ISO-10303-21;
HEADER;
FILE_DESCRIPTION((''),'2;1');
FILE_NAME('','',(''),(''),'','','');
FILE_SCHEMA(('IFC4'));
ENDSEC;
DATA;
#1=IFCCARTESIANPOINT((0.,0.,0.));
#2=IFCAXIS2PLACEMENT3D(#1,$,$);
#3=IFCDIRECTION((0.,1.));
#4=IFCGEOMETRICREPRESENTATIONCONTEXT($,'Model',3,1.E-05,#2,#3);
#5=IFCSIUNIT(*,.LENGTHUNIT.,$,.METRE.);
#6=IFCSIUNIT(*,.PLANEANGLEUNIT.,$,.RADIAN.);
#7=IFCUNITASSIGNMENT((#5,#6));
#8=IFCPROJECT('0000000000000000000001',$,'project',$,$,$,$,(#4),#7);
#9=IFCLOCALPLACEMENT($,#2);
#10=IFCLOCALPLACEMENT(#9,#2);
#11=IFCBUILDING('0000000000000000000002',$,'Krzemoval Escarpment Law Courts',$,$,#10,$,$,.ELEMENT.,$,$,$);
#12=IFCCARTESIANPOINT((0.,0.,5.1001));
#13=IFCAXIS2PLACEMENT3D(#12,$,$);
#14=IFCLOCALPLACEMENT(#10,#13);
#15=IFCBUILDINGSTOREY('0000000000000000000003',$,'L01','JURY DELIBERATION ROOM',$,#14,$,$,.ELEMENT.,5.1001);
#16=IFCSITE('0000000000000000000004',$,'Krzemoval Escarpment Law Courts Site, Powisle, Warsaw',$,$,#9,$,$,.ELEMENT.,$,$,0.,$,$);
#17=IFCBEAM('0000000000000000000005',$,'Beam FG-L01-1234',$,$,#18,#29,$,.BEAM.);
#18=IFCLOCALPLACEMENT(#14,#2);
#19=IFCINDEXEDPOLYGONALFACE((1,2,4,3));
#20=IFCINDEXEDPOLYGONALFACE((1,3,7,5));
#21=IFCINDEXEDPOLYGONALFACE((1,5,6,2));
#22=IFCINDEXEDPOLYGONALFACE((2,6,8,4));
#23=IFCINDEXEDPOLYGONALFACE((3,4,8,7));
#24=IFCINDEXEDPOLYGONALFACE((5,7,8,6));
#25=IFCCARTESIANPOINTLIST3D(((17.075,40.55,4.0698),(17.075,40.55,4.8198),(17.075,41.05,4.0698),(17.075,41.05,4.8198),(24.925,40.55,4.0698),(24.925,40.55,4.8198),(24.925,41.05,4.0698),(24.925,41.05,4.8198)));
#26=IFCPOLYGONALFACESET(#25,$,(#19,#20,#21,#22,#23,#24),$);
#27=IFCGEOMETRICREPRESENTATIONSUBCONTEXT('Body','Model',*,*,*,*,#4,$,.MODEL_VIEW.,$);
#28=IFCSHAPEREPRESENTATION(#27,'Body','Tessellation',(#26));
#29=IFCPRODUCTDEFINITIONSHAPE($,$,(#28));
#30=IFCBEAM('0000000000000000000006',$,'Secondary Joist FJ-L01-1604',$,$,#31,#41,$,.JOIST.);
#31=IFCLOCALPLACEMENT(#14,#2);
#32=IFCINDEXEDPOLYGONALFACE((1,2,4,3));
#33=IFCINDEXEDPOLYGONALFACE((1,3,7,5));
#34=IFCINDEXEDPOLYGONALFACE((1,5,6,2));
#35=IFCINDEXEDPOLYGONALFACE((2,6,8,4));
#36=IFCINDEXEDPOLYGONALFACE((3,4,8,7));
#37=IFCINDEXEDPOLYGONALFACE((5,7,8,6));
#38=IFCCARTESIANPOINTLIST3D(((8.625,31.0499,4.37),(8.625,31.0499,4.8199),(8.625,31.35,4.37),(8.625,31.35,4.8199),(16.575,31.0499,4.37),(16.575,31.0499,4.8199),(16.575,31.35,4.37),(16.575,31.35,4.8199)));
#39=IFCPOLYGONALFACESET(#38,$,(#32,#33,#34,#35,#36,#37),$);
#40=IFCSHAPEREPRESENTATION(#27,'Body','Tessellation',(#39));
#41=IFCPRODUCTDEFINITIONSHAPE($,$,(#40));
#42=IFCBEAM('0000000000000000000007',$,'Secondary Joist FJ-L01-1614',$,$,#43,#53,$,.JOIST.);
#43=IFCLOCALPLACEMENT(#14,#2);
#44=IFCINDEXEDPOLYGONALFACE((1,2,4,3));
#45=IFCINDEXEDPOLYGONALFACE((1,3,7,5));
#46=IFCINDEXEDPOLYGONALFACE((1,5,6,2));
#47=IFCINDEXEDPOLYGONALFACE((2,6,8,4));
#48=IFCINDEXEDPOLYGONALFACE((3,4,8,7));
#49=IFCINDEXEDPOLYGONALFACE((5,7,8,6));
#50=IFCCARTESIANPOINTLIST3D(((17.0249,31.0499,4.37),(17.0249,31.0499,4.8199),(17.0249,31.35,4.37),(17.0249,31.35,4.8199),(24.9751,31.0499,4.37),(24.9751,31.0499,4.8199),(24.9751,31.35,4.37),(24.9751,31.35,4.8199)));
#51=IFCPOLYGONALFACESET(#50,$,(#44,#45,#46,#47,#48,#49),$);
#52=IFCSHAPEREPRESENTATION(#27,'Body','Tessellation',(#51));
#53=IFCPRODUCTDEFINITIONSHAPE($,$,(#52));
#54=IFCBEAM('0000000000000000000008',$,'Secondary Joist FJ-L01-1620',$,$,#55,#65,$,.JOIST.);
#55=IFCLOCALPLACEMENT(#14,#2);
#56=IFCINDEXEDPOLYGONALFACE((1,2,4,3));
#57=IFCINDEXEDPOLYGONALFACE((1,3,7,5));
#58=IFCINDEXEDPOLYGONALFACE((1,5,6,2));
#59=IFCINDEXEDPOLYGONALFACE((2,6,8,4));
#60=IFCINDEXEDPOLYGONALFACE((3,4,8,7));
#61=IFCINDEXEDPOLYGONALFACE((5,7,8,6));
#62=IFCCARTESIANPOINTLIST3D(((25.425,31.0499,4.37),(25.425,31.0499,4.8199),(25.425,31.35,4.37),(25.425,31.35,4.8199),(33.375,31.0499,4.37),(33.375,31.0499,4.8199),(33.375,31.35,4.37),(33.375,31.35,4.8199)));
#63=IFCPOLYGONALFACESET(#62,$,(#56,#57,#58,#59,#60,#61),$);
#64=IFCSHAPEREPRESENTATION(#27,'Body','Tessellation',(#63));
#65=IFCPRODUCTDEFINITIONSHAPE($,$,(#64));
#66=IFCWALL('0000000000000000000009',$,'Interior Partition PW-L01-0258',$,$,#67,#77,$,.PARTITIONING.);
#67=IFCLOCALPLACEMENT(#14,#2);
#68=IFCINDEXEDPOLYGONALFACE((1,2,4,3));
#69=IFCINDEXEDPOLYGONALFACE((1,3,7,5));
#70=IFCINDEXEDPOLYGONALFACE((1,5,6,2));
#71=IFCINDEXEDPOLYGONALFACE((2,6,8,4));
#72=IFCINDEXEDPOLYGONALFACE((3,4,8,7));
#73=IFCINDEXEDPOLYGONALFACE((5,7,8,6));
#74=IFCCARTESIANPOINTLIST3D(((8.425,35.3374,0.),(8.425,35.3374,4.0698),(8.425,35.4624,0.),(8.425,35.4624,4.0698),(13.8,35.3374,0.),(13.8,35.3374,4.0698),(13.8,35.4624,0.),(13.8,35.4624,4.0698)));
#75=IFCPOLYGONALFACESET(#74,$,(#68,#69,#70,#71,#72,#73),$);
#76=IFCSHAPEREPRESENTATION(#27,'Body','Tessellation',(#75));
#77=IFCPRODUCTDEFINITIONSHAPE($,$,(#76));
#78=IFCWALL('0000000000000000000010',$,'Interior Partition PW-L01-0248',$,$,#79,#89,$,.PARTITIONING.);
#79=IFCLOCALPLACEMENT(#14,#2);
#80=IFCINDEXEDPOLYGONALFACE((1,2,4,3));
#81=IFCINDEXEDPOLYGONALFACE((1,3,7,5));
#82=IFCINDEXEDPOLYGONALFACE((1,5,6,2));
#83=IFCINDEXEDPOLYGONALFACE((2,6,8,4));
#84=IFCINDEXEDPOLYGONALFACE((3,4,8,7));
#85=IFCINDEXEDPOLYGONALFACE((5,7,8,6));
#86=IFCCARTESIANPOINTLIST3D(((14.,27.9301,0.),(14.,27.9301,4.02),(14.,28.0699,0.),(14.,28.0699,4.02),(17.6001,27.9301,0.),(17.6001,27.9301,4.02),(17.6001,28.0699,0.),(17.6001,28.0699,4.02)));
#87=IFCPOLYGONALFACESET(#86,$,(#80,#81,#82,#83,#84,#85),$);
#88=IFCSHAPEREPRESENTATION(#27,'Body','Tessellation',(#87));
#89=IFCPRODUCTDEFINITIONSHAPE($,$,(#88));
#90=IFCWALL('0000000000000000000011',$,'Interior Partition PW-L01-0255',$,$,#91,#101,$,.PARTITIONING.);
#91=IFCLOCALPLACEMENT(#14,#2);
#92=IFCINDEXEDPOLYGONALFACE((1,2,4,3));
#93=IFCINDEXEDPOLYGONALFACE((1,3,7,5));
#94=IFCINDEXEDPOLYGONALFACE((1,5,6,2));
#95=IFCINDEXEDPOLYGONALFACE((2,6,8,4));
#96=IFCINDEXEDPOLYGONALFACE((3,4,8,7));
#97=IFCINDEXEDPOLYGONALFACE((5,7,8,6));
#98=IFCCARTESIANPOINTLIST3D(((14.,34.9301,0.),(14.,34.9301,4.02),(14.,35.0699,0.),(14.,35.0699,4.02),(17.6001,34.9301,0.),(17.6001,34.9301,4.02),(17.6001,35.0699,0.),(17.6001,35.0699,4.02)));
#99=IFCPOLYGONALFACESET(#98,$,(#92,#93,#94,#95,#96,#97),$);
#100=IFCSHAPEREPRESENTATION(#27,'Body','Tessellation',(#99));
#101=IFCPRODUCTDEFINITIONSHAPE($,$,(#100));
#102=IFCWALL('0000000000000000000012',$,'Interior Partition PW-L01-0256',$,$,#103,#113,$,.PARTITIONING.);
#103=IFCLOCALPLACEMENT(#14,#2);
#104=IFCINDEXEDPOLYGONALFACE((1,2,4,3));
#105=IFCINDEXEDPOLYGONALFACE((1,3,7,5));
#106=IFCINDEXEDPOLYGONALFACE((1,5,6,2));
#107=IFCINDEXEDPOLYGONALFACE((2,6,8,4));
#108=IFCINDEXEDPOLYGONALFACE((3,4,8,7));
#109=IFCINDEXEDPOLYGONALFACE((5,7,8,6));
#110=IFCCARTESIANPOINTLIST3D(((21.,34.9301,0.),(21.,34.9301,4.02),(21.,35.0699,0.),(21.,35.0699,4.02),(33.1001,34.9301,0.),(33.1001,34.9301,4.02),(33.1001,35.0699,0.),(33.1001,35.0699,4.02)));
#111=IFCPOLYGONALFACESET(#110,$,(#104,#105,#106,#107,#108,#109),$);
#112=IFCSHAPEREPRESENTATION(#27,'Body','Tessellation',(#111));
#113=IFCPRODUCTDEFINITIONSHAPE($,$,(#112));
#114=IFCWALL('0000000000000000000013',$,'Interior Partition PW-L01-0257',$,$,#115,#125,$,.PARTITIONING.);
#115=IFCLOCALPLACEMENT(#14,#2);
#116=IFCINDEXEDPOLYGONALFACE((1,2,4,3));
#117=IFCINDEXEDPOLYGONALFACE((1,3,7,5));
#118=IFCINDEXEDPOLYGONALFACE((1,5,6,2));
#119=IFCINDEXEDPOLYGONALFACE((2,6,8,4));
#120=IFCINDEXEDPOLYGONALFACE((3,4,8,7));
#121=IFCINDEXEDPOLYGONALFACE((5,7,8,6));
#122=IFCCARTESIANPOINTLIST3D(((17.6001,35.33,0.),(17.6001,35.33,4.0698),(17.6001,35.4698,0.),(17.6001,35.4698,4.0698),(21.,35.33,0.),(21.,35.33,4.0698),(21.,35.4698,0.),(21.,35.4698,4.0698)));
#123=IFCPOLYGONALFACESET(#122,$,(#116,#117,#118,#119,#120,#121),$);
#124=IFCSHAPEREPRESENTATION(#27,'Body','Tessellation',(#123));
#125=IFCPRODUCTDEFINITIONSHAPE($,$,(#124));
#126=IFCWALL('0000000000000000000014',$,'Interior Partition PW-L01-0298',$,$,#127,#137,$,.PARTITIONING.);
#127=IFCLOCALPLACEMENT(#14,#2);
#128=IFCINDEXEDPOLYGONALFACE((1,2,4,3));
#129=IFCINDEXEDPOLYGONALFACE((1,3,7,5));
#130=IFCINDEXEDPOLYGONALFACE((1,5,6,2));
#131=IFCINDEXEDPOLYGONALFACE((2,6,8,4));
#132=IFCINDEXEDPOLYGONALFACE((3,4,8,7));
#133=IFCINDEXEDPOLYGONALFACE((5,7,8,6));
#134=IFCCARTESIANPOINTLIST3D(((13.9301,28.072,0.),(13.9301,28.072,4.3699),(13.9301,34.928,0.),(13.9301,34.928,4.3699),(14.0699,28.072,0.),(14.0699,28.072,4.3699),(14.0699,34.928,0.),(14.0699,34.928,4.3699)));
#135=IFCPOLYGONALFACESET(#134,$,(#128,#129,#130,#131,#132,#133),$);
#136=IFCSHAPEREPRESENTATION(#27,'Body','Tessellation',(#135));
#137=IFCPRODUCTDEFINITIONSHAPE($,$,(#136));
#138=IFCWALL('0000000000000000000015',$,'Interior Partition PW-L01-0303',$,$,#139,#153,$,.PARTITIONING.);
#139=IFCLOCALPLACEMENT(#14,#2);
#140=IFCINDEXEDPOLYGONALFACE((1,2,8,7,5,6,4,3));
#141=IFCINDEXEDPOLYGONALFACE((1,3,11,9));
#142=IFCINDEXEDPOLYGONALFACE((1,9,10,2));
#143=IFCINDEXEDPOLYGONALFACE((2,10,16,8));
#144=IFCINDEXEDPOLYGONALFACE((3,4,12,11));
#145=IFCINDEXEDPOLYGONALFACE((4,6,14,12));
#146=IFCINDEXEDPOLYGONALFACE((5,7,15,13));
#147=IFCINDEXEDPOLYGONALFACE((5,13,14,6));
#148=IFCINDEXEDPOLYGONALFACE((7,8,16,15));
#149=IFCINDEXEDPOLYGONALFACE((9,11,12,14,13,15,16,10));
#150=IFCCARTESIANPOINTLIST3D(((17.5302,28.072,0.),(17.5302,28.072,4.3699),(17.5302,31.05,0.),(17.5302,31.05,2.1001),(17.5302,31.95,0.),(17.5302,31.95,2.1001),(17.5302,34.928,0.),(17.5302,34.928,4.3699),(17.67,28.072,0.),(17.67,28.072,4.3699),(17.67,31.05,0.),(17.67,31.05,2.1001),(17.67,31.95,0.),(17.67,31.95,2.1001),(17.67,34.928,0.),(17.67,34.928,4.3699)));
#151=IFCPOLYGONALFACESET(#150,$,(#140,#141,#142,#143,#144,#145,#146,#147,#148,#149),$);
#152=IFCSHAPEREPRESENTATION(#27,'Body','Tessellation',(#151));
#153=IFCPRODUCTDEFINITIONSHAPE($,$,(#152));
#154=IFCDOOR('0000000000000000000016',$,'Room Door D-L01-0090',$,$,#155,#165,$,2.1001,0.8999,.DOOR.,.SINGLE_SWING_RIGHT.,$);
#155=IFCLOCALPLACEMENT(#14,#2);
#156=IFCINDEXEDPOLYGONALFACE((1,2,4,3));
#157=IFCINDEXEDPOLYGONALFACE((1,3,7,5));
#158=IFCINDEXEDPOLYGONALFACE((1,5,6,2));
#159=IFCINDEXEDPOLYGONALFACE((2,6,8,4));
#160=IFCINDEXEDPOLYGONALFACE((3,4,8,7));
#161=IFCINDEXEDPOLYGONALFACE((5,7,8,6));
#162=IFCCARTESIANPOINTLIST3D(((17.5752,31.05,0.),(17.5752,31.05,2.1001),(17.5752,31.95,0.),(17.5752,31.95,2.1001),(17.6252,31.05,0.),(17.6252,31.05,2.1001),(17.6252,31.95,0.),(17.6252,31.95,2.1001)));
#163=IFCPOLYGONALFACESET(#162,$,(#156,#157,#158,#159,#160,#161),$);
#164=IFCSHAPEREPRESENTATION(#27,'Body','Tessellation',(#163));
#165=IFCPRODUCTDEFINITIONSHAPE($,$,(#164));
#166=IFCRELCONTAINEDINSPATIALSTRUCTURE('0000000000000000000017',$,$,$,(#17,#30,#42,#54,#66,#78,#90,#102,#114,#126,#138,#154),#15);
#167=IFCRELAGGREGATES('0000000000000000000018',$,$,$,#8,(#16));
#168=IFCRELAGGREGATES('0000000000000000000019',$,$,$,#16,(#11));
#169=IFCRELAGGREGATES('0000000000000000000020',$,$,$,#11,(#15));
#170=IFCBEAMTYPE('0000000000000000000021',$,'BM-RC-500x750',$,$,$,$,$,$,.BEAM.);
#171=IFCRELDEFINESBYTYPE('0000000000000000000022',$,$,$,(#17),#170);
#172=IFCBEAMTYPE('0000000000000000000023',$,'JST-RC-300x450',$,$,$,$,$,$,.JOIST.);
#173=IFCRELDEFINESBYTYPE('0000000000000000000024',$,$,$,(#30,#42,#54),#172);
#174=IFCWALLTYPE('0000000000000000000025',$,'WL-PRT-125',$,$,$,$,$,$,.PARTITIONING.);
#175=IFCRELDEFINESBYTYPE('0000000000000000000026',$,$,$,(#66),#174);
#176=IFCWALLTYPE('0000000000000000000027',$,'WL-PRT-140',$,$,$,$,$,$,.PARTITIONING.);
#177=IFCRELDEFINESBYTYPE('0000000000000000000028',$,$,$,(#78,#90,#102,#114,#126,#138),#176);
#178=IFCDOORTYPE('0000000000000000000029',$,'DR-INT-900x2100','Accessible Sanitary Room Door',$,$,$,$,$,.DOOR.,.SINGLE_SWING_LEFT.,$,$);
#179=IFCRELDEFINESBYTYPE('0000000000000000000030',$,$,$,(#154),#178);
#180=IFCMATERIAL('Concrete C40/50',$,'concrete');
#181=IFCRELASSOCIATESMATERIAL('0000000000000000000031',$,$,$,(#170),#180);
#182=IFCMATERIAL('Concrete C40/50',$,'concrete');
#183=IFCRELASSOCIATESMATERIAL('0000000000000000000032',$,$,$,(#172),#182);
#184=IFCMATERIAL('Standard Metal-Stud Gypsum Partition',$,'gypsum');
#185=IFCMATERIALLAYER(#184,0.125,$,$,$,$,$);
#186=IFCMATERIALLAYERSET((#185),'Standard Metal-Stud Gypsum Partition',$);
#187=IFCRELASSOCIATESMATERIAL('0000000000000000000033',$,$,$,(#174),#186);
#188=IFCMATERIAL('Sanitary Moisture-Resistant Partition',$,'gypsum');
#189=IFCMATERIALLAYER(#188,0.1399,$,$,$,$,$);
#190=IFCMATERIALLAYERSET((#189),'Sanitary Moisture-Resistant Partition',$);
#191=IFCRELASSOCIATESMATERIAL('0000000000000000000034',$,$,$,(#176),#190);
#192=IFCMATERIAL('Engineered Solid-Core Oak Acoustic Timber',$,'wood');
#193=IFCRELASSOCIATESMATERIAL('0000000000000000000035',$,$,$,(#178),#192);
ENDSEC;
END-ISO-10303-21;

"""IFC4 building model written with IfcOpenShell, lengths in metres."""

from ifc_helpers import new_model, si_unit, direction, frame, frame_2d, origin, origin_2d, place, context, subcontext, project, spatial, rectangle, extrude, material, layer, layer_set, material_profile, profile_set, type_object, element, fill, save


model = new_model("IFC4")

# Units and contexts
model_context = context("Model", 3, precision=1e-05, world=origin(), true_north=direction((0.0, 1.0)))
body_context = subcontext(model_context, "Body", "Model", "MODEL_VIEW")
ifc_project = project(units=[si_unit("LENGTHUNIT", "METRE"), si_unit("PLANEANGLEUNIT", "RADIAN")], contexts=[model_context])

# Site, building, storey
site_placement = place(None, origin())
site = spatial("IfcSite", under=ifc_project, at=site_placement, Name="Krzemoval Escarpment Law Courts Site, Powisle, Warsaw", CompositionType="ELEMENT", RefElevation=0.0)
building_placement = place(site_placement, origin())
building = spatial("IfcBuilding", under=site, at=building_placement, Name="Krzemoval Escarpment Law Courts", CompositionType="ELEMENT")
storey_placement = place(building_placement, frame((0.0, 0.0, 5.1001)))
storey = spatial("IfcBuildingStorey", under=building, at=storey_placement, Name="L01", Description="JURY DELIBERATION ROOM", CompositionType="ELEMENT", Elevation=5.1001)

# Beams
ifc_material_1 = material(Name="Concrete C40/50", Category="concrete")
ifc_material_profile_1 = material_profile(ifc_material_1, rectangle(XDim=0.5, YDim=0.75, at=origin_2d()), Name="RCB 500x750")
ifc_profile_set_1 = profile_set([ifc_material_profile_1], Name="Concrete C40/50")
beam_type_1 = type_object("IfcBeamType", Name="BM-RC-500x750", PredefinedType="BEAM", material=ifc_profile_set_1)
beam_1_placement = place(storey_placement, frame((17.075, 40.8, 4.4448), z_axis=(1.0, 0.0, 0.0), x_axis=(0.0, 1.0, 0.0)))
element("IfcBeam", 1, at=beam_1_placement, inside=storey, type_object=beam_type_1, Name="Beam FG-L01-1234", PredefinedType="BEAM", context=body_context, shape_type="SweptSolid", body=[
    extrude(rectangle(XDim=0.5, YDim=0.75, at=origin_2d()), origin(), (0.0, 0.0, 1.0), 7.8501),
])
ifc_material_2 = material(Name="Concrete C40/50", Category="concrete")
ifc_material_profile_2 = material_profile(ifc_material_2, rectangle(XDim=0.3, YDim=0.45, at=origin_2d()), Name="RCB 300x450")
ifc_profile_set_2 = profile_set([ifc_material_profile_2], Name="Concrete C40/50")
beam_type_2 = type_object("IfcBeamType", Name="JST-RC-300x450", PredefinedType="JOIST", material=ifc_profile_set_2)
beam_2_placement = place(storey_placement, frame((8.625, 31.2, 4.595), z_axis=(1.0, 0.0, 0.0), x_axis=(0.0, 1.0, 0.0)))
element("IfcBeam", 2, at=beam_2_placement, inside=storey, type_object=beam_type_2, Name="Secondary Joist FJ-L01-1604", PredefinedType="JOIST", context=body_context, shape_type="SweptSolid", body=[
    extrude(rectangle(XDim=0.3, YDim=0.45, at=origin_2d()), origin(), (0.0, 0.0, 1.0), 7.95),
])
beam_3_placement = place(storey_placement, frame((17.0249, 31.2, 4.595), z_axis=(1.0, 0.0, 0.0), x_axis=(0.0, 1.0, 0.0)))
element("IfcBeam", 3, at=beam_3_placement, inside=storey, type_object=beam_type_2, Name="Secondary Joist FJ-L01-1614", PredefinedType="JOIST", context=body_context, shape_type="SweptSolid", body=[
    extrude(rectangle(XDim=0.3, YDim=0.45, at=origin_2d()), origin(), (0.0, 0.0, 1.0), 7.9502),
])
beam_4_placement = place(storey_placement, frame((25.425, 31.2, 4.595), z_axis=(1.0, 0.0, 0.0), x_axis=(0.0, 1.0, 0.0)))
element("IfcBeam", 4, at=beam_4_placement, inside=storey, type_object=beam_type_2, Name="Secondary Joist FJ-L01-1620", PredefinedType="JOIST", context=body_context, shape_type="SweptSolid", body=[
    extrude(rectangle(XDim=0.3, YDim=0.45, at=origin_2d()), origin(), (0.0, 0.0, 1.0), 7.95),
])

# Walls
ifc_material_3 = material(Name="Standard Metal-Stud Gypsum Partition", Category="gypsum")
ifc_layer_1 = layer(ifc_material_3, 0.125)
ifc_layer_set_1 = layer_set([ifc_layer_1], Name="Standard Metal-Stud Gypsum Partition")
wall_type_1 = type_object("IfcWallType", Name="WL-PRT-125", PredefinedType="PARTITIONING", material=ifc_layer_set_1)
wall_1_placement = place(storey_placement, frame((8.425, 35.3999, 0.0), z_axis=(0.0, 0.0, 1.0), x_axis=(1.0, 0.0, 0.0)))
element("IfcWall", 5, at=wall_1_placement, inside=storey, type_object=wall_type_1, Name="Interior Partition PW-L01-0258", PredefinedType="PARTITIONING", context=body_context, shape_type="SweptSolid", body=[
    extrude(rectangle(XDim=5.375, YDim=0.125, at=frame_2d((2.6875, 0.0))), origin(), (0.0, 0.0, 1.0), 4.0698),
])
ifc_material_4 = material(Name="Sanitary Moisture-Resistant Partition", Category="gypsum")
ifc_layer_2 = layer(ifc_material_4, 0.1399)
ifc_layer_set_2 = layer_set([ifc_layer_2], Name="Sanitary Moisture-Resistant Partition")
wall_type_2 = type_object("IfcWallType", Name="WL-PRT-140", PredefinedType="PARTITIONING", material=ifc_layer_set_2)
for number, where, z_axis, x_axis, name in (
    (6, (14.0, 28.0, 0.0), (0.0, 0.0, 1.0), (1.0, 0.0, 0.0), "Interior Partition PW-L01-0248"),
    (7, (14.0, 35.0, 0.0), (0.0, 0.0, 1.0), (1.0, 0.0, 0.0), "Interior Partition PW-L01-0255"),
):
    element("IfcWall", number, at=place(storey_placement, frame(where, z_axis=z_axis, x_axis=x_axis)), inside=storey, type_object=wall_type_2, Name=name, PredefinedType="PARTITIONING", context=body_context, shape_type="SweptSolid", body=[
        extrude(rectangle(XDim=3.6001, YDim=0.1399, at=frame_2d((1.8, 0.0))), origin(), (0.0, 0.0, 1.0), 4.02),
    ])
wall_2_placement = place(storey_placement, frame((21.0, 35.0, 0.0), z_axis=(0.0, 0.0, 1.0), x_axis=(1.0, 0.0, 0.0)))
element("IfcWall", 8, at=wall_2_placement, inside=storey, type_object=wall_type_2, Name="Interior Partition PW-L01-0256", PredefinedType="PARTITIONING", context=body_context, shape_type="SweptSolid", body=[
    extrude(rectangle(XDim=12.1001, YDim=0.1399, at=frame_2d((6.05, 0.0))), origin(), (0.0, 0.0, 1.0), 4.02),
])
wall_3_placement = place(storey_placement, frame((17.6001, 35.3999, 0.0), z_axis=(0.0, 0.0, 1.0), x_axis=(1.0, 0.0, 0.0)))
element("IfcWall", 9, at=wall_3_placement, inside=storey, type_object=wall_type_2, Name="Interior Partition PW-L01-0257", PredefinedType="PARTITIONING", context=body_context, shape_type="SweptSolid", body=[
    extrude(rectangle(XDim=3.3999, YDim=0.1399, at=frame_2d((1.7, 0.0))), origin(), (0.0, 0.0, 1.0), 4.0698),
])
wall_4_placement = place(storey_placement, frame((14.0, 28.072, 0.0), z_axis=(0.0, 0.0, 1.0), x_axis=(0.0, 1.0, 0.0)))
element("IfcWall", 10, at=wall_4_placement, inside=storey, type_object=wall_type_2, Name="Interior Partition PW-L01-0298", PredefinedType="PARTITIONING", context=body_context, shape_type="SweptSolid", body=[
    extrude(rectangle(XDim=6.856, YDim=0.1399, at=frame_2d((3.428, 0.0))), origin(), (0.0, 0.0, 1.0), 4.3699),
])

# Wall, opening, door
wall_5_placement = place(storey_placement, frame((17.6001, 28.072, 0.0), z_axis=(0.0, 0.0, 1.0), x_axis=(0.0, 1.0, 0.0)))
wall_5 = element("IfcWall", 11, at=wall_5_placement, inside=storey, type_object=wall_type_2, Name="Interior Partition PW-L01-0303", PredefinedType="PARTITIONING", context=body_context, shape_type="SweptSolid", body=[
    extrude(rectangle(XDim=6.856, YDim=0.1399, at=frame_2d((3.428, 0.0))), origin(), (0.0, 0.0, 1.0), 4.3699),
])
opening_1_placement = place(wall_5_placement, frame((2.978, 0.0, 0.0)))
opening_1 = element("IfcOpeningElement", 12, at=opening_1_placement, cuts=wall_5, PredefinedType="OPENING", context=body_context, shape_type="SweptSolid", body=[
    extrude(rectangle(XDim=0.8999, YDim=2.1001, at=frame_2d((0.45, 1.05))), frame((0.0, 0.0849, 0.0), z_axis=(0.0, -1.0, 0.0), x_axis=(1.0, 0.0, 0.0)), (0.0, 0.0, 1.0), 0.1699),
])
ifc_material_5 = material(Name="Engineered Solid-Core Oak Acoustic Timber", Category="wood")
door_type_1 = type_object("IfcDoorType", Name="DR-INT-900x2100", Description="Accessible Sanitary Room Door", OperationType="SINGLE_SWING_LEFT", PredefinedType="DOOR", material=ifc_material_5)
door_1_placement = place(opening_1_placement, origin())
door_1 = element("IfcDoor", 13, at=door_1_placement, inside=storey, type_object=door_type_1, Name="Room Door D-L01-0090", OperationType="SINGLE_SWING_RIGHT", OverallHeight=2.1001, OverallWidth=0.8999, PredefinedType="DOOR", context=body_context, shape_type="SweptSolid", body=[
    extrude(rectangle(XDim=0.8999, YDim=2.1001, at=frame_2d((0.45, 1.05))), frame((0.0, 0.0249, 0.0), z_axis=(0.0, -1.0, 0.0), x_axis=(1.0, 0.0, 0.0)), (0.0, 0.0, 1.0), 0.05),
])
fill(opening_1, door_1)

save(model, "model.ifc")
